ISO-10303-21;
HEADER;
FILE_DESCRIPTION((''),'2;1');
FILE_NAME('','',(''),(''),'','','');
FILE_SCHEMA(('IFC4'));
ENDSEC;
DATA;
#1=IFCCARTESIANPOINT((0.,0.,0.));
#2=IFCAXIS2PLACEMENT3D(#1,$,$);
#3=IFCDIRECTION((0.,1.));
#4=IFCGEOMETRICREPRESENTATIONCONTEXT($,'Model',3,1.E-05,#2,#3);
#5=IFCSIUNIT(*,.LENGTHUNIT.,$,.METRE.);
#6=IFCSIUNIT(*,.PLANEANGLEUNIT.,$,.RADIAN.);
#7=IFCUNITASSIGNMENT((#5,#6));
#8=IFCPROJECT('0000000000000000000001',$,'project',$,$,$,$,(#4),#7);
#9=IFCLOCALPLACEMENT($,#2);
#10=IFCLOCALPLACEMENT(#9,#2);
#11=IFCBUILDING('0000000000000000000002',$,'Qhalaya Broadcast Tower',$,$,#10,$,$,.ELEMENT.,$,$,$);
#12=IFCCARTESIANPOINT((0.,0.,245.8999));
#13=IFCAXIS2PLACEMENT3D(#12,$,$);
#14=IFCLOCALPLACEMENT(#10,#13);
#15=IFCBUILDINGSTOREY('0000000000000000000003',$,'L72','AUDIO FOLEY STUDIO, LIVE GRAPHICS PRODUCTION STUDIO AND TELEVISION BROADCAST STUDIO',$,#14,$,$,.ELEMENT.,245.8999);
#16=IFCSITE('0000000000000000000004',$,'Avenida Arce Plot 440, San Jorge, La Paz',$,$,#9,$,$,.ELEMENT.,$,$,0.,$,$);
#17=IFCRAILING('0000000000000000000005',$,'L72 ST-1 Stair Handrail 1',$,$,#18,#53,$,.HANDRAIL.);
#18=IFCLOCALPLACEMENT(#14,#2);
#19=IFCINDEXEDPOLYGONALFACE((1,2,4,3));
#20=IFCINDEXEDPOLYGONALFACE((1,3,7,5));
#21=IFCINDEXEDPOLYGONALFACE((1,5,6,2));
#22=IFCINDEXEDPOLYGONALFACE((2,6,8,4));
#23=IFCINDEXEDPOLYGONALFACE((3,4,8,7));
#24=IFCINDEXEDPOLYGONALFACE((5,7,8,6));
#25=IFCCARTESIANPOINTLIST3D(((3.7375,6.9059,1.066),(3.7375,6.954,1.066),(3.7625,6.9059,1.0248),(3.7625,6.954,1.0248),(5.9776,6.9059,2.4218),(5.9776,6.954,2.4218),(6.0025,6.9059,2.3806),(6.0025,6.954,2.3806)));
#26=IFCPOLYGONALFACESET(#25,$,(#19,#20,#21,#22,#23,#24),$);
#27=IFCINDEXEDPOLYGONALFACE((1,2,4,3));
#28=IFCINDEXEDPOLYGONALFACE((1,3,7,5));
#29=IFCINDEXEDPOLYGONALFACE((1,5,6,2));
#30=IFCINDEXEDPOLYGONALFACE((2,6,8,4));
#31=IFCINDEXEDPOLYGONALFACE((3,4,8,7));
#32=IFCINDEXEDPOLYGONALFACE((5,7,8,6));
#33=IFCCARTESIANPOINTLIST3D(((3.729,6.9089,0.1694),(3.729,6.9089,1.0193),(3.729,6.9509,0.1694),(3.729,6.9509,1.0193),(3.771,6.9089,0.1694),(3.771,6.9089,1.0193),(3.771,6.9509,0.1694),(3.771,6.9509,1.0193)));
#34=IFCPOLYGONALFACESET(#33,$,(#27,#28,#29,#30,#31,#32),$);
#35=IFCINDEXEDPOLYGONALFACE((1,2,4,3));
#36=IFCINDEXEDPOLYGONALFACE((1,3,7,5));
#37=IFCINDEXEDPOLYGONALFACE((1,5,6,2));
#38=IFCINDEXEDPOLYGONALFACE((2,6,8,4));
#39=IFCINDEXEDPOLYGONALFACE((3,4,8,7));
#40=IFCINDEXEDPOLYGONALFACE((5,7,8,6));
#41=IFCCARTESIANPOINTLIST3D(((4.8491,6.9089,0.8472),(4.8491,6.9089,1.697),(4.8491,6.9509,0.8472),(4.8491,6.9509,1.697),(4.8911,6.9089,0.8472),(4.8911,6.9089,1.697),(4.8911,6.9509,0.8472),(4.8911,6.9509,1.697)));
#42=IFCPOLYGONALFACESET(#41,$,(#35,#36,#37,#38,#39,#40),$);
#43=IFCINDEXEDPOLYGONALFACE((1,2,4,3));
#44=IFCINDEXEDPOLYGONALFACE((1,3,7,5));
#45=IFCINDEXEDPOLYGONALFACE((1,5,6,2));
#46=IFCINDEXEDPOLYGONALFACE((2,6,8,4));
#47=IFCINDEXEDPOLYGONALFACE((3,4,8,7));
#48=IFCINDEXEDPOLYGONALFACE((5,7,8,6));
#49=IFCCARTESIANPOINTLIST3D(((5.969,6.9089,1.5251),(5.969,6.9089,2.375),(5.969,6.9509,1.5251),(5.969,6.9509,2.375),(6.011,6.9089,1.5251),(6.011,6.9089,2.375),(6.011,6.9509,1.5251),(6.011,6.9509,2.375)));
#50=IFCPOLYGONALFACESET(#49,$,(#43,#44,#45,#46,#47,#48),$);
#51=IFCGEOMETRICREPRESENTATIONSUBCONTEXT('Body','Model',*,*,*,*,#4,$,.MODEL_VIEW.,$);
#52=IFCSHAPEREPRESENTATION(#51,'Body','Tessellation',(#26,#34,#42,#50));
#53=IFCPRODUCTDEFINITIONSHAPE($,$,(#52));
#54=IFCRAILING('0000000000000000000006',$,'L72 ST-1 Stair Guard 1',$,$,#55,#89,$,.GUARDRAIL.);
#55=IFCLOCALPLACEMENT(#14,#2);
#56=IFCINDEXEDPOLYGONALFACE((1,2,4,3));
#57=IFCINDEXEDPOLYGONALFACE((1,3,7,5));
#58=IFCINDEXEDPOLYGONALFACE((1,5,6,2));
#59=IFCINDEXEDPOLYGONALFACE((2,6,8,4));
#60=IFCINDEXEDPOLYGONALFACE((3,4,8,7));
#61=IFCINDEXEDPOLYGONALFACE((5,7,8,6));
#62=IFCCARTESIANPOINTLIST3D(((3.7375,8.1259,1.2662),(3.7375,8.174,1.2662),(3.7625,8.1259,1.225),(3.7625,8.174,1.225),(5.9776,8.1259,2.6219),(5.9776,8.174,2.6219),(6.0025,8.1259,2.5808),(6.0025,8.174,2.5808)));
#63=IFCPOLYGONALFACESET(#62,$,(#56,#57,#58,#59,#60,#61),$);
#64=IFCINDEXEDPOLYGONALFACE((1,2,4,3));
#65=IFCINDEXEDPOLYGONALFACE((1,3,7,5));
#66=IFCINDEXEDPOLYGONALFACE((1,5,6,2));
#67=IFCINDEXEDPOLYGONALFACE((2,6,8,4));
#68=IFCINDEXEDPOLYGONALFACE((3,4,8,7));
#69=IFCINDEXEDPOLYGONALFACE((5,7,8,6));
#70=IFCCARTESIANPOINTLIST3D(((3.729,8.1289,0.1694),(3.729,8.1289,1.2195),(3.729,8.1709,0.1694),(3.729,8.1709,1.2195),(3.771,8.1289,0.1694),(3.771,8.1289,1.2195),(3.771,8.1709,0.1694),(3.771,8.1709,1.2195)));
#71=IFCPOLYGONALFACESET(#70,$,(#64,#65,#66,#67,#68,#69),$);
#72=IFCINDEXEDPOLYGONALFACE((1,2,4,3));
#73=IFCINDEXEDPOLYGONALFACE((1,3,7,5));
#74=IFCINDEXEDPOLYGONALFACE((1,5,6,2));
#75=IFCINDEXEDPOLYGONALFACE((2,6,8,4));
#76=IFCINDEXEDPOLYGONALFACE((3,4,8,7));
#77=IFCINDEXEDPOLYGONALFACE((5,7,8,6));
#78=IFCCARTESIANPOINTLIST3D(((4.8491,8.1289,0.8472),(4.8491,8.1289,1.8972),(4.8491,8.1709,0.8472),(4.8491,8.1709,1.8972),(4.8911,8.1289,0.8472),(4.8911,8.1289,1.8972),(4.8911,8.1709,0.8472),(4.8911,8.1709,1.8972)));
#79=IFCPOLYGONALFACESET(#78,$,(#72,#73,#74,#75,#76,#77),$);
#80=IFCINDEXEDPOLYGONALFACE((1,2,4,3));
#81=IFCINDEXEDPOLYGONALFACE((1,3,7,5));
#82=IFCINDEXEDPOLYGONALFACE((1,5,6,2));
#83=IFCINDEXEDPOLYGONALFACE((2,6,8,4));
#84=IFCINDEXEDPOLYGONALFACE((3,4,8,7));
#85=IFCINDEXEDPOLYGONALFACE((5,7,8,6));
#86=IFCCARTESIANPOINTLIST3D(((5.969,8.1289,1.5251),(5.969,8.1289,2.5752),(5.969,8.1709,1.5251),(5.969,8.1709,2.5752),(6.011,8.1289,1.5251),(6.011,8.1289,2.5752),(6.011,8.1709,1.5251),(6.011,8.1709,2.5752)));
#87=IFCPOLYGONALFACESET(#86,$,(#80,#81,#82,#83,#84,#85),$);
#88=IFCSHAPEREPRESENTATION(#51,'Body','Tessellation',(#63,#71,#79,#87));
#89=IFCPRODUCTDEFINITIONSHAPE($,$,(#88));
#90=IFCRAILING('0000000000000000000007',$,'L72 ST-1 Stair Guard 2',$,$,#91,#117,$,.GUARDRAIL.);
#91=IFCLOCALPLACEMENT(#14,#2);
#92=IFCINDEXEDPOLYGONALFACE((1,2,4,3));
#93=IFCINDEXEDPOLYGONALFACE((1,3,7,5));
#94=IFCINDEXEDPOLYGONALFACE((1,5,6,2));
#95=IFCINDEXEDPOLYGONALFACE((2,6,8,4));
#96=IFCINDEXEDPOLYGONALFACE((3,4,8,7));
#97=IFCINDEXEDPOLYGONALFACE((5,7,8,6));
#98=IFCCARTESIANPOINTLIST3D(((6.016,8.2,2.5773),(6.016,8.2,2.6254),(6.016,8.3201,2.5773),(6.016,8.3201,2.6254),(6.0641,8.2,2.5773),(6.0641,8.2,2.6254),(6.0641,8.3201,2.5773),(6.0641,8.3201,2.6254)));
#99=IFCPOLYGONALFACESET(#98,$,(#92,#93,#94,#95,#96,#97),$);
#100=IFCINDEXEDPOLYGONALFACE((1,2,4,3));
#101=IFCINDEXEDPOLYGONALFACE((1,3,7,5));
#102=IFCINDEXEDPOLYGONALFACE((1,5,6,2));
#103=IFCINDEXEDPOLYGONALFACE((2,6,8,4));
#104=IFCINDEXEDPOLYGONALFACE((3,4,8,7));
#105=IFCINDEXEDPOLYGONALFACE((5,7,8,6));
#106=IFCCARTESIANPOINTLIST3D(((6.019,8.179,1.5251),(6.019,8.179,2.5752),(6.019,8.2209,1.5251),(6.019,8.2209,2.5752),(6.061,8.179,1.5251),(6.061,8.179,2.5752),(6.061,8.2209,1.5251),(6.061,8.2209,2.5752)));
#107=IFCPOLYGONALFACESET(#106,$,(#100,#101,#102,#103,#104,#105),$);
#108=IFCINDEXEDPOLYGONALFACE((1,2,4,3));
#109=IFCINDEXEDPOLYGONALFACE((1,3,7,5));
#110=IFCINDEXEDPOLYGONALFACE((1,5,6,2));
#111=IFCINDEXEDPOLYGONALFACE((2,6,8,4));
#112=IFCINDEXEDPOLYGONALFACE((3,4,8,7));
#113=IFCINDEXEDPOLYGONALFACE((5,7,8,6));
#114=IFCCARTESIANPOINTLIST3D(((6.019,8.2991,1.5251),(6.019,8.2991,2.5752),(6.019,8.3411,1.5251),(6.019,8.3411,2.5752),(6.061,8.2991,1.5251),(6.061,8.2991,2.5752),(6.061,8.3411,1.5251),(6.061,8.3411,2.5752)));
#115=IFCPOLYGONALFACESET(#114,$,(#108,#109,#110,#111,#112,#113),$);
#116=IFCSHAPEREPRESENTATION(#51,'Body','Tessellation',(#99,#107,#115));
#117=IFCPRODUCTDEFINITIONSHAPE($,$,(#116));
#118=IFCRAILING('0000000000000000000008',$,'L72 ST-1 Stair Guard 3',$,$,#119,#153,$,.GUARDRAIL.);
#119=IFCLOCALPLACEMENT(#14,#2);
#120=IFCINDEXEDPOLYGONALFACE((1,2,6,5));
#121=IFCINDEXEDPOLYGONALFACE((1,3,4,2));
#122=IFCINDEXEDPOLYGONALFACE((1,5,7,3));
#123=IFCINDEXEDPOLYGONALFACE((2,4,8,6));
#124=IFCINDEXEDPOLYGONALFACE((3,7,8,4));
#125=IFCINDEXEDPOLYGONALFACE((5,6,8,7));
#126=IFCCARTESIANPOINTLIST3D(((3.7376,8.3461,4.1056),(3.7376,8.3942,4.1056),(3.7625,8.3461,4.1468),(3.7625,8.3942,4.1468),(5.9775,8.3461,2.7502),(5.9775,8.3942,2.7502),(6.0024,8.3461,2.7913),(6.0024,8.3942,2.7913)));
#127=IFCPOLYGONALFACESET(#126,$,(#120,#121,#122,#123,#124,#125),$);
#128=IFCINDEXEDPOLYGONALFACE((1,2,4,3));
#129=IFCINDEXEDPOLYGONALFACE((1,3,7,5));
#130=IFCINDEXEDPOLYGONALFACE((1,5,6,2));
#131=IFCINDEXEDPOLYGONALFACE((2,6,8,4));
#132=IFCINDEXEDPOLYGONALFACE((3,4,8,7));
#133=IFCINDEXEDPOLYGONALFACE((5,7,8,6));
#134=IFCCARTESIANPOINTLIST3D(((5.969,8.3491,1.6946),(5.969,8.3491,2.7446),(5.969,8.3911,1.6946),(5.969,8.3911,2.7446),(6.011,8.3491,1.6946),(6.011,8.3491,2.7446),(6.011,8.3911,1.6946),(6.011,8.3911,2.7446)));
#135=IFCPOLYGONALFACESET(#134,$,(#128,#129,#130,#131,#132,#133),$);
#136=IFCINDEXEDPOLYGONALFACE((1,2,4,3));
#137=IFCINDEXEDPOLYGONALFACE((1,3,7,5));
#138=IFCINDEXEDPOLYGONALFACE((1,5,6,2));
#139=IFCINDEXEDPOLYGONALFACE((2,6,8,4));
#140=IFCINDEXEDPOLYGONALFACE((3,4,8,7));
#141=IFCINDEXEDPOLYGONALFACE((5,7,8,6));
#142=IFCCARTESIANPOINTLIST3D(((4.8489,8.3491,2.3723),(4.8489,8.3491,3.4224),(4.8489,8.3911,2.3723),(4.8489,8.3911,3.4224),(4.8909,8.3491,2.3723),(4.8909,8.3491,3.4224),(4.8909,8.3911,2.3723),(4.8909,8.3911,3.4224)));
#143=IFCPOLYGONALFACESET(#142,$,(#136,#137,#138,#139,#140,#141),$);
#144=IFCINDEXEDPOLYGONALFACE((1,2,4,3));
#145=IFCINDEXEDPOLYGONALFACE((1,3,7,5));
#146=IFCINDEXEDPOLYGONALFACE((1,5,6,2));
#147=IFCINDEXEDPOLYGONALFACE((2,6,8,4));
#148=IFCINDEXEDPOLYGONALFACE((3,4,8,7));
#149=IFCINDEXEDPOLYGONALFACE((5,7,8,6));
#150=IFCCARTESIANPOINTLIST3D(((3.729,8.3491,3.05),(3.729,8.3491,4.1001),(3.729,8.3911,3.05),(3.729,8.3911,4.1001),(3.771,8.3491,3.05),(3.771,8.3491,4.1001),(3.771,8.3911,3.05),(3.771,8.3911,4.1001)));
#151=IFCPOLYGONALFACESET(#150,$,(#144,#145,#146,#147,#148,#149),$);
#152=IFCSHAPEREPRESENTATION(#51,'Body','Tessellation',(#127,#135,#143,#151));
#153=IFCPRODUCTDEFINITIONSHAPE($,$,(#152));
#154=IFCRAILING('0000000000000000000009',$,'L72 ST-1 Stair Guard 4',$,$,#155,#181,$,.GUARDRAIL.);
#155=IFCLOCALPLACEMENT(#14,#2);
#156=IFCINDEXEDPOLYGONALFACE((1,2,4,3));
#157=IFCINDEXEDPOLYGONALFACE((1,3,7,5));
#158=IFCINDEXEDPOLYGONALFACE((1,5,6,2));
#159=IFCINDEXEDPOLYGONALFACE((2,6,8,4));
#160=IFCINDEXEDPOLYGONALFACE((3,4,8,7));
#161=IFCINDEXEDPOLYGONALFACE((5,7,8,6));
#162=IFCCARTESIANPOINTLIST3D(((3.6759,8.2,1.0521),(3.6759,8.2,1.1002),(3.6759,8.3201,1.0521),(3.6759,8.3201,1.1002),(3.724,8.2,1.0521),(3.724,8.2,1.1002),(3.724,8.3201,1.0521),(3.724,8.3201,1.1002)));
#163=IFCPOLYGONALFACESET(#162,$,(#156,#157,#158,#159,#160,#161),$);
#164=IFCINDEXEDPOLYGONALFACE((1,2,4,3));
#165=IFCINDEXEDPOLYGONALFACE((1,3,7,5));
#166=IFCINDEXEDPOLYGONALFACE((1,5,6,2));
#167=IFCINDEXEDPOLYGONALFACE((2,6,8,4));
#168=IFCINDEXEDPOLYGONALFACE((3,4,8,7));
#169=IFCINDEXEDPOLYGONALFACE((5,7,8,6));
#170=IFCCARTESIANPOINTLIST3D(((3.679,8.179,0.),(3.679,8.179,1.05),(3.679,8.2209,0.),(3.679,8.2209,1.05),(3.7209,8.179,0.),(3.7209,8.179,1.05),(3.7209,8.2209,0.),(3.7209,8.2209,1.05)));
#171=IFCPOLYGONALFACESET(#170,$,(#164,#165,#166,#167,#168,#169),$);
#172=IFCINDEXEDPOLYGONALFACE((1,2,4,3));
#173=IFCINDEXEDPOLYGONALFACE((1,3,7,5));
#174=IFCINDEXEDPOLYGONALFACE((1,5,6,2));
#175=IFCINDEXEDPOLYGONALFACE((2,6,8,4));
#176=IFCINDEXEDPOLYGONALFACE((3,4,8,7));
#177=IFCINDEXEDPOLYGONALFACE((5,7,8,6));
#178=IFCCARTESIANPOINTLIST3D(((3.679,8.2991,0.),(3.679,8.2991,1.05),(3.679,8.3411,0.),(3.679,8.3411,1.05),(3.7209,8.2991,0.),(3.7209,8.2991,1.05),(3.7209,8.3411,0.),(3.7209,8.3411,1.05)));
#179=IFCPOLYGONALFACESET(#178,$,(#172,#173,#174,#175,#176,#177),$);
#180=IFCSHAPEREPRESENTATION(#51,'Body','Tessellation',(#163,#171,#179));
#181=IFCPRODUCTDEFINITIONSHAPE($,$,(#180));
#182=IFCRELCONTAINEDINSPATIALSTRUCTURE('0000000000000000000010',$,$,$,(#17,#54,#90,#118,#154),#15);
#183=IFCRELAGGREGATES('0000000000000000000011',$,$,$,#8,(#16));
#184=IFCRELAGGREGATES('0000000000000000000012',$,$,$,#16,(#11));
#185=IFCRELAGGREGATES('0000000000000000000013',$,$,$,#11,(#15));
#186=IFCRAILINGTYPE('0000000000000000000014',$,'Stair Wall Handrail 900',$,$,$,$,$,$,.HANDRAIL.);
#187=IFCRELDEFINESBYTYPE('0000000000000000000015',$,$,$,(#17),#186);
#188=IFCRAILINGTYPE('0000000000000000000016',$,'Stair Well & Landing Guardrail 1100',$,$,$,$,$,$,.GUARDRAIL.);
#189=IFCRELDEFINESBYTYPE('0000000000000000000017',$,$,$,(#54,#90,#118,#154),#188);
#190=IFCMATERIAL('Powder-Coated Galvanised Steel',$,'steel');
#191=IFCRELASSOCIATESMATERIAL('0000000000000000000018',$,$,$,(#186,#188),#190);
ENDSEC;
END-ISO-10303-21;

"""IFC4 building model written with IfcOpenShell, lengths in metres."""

from ifc_helpers import new_model, si_unit, direction, frame, origin, origin_2d, place, context, subcontext, project, spatial, rectangle, extrude, material, type_object, element, save


model = new_model("IFC4")

# Units and contexts
model_context = context("Model", 3, precision=1e-05, world=origin(), true_north=direction((0.0, 1.0)))
body_context = subcontext(model_context, "Body", "Model", "MODEL_VIEW")
ifc_project = project(units=[si_unit("LENGTHUNIT", "METRE"), si_unit("PLANEANGLEUNIT", "RADIAN")], contexts=[model_context])

# Site, building, storey
site_placement = place(None, origin())
site = spatial("IfcSite", under=ifc_project, at=site_placement, Name="Avenida Arce Plot 440, San Jorge, La Paz", CompositionType="ELEMENT", RefElevation=0.0)
building_placement = place(site_placement, origin())
building = spatial("IfcBuilding", under=site, at=building_placement, Name="Qhalaya Broadcast Tower", CompositionType="ELEMENT")
storey_placement = place(building_placement, frame((0.0, 0.0, 245.8999)))
storey = spatial("IfcBuildingStorey", under=building, at=storey_placement, Name="L72", Description="AUDIO FOLEY STUDIO, LIVE GRAPHICS PRODUCTION STUDIO AND TELEVISION BROADCAST STUDIO", CompositionType="ELEMENT", Elevation=245.8999)

# Railings
ifc_material_1 = material(Name="Powder-Coated Galvanised Steel", Category="steel")
railing_type_1 = type_object("IfcRailingType", Name="Stair Wall Handrail 900", PredefinedType="HANDRAIL", material=ifc_material_1)
railing_1_placement = place(storey_placement, frame((3.75, 6.9299, 0.1694)))
element("IfcRailing", 1, at=railing_1_placement, inside=storey, type_object=railing_type_1, Name="L72 ST-1 Stair Handrail 1", PredefinedType="HANDRAIL", context=body_context, shape_type="SweptSolid", body=[
    extrude(rectangle(XDim=0.0481, YDim=0.0481, at=origin_2d()), frame((0.0, 0.0, 0.876), z_axis=(0.855512, 0.0, 0.517783), x_axis=(0.0, 1.0, 0.0)), (0.0, 0.0, 1.0), 2.6184),
    extrude(rectangle(XDim=0.042, YDim=0.042, at=origin_2d()), origin(), (0.0, 0.0, 1.0), 0.8499),
    extrude(rectangle(XDim=0.042, YDim=0.042, at=origin_2d()), frame((1.1201, 0.0, 0.6777)), (0.0, 0.0, 1.0), 0.8499),
    extrude(rectangle(XDim=0.042, YDim=0.042, at=origin_2d()), frame((2.24, 0.0, 1.3557)), (0.0, 0.0, 1.0), 0.8499),
])
railing_type_2 = type_object("IfcRailingType", Name="Stair Well & Landing Guardrail 1100", PredefinedType="GUARDRAIL", material=ifc_material_1)
railing_2_placement = place(storey_placement, frame((3.75, 8.1499, 0.1694)))
element("IfcRailing", 2, at=railing_2_placement, inside=storey, type_object=railing_type_2, Name="L72 ST-1 Stair Guard 1", PredefinedType="GUARDRAIL", context=body_context, shape_type="SweptSolid", body=[
    extrude(rectangle(XDim=0.0481, YDim=0.0481, at=origin_2d()), frame((0.0, 0.0, 1.0762), z_axis=(0.855512, 0.0, 0.517783), x_axis=(0.0, 1.0, 0.0)), (0.0, 0.0, 1.0), 2.6184),
    extrude(rectangle(XDim=0.042, YDim=0.042, at=origin_2d()), origin(), (0.0, 0.0, 1.0), 1.05),
    extrude(rectangle(XDim=0.042, YDim=0.042, at=origin_2d()), frame((1.1201, 0.0, 0.6777)), (0.0, 0.0, 1.0), 1.05),
    extrude(rectangle(XDim=0.042, YDim=0.042, at=origin_2d()), frame((2.24, 0.0, 1.3557)), (0.0, 0.0, 1.0), 1.05),
])
railing_3_placement = place(storey_placement, frame((6.04, 8.2, 1.5251)))
element("IfcRailing", 3, at=railing_3_placement, inside=storey, type_object=railing_type_2, Name="L72 ST-1 Stair Guard 2", PredefinedType="GUARDRAIL", context=body_context, shape_type="SweptSolid", body=[
    extrude(rectangle(XDim=0.0481, YDim=0.0481, at=origin_2d()), frame((0.0, 0.0, 1.0762), z_axis=(0.0, 1.0, 0.0), x_axis=(-1.0, 0.0, 0.0)), (0.0, 0.0, 1.0), 0.1201),
    extrude(rectangle(XDim=0.042, YDim=0.042, at=origin_2d()), origin(), (0.0, 0.0, 1.0), 1.05),
    extrude(rectangle(XDim=0.042, YDim=0.042, at=origin_2d()), frame((0.0, 0.1201, 0.0)), (0.0, 0.0, 1.0), 1.05),
])
railing_4_placement = place(storey_placement, frame((5.99, 8.3701, 1.6946)))
element("IfcRailing", 4, at=railing_4_placement, inside=storey, type_object=railing_type_2, Name="L72 ST-1 Stair Guard 3", PredefinedType="GUARDRAIL", context=body_context, shape_type="SweptSolid", body=[
    extrude(rectangle(XDim=0.0481, YDim=0.0481, at=origin_2d()), frame((0.0, 0.0, 1.0762), z_axis=(-0.855553, 0.0, 0.517715), x_axis=(0.0, -1.0, 0.0)), (0.0, 0.0, 1.0), 2.6182),
    extrude(rectangle(XDim=0.042, YDim=0.042, at=origin_2d()), origin(), (0.0, 0.0, 1.0), 1.05),
    extrude(rectangle(XDim=0.042, YDim=0.042, at=origin_2d()), frame((-1.1201, 0.0, 0.6777)), (0.0, 0.0, 1.0), 1.05),
    extrude(rectangle(XDim=0.042, YDim=0.042, at=origin_2d()), frame((-2.24, 0.0, 1.3555)), (0.0, 0.0, 1.0), 1.05),
])
railing_5_placement = place(storey_placement, frame((3.7, 8.2, 0.0)))
element("IfcRailing", 5, at=railing_5_placement, inside=storey, type_object=railing_type_2, Name="L72 ST-1 Stair Guard 4", PredefinedType="GUARDRAIL", context=body_context, shape_type="SweptSolid", body=[
    extrude(rectangle(XDim=0.0481, YDim=0.0481, at=origin_2d()), frame((0.0, 0.0, 1.0762), z_axis=(0.0, 1.0, 0.0), x_axis=(-1.0, 0.0, 0.0)), (0.0, 0.0, 1.0), 0.1201),
    extrude(rectangle(XDim=0.042, YDim=0.042, at=origin_2d()), origin(), (0.0, 0.0, 1.0), 1.05),
    extrude(rectangle(XDim=0.042, YDim=0.042, at=origin_2d()), frame((0.0, 0.1201, 0.0)), (0.0, 0.0, 1.0), 1.05),
])

save(model, "model.ifc")
